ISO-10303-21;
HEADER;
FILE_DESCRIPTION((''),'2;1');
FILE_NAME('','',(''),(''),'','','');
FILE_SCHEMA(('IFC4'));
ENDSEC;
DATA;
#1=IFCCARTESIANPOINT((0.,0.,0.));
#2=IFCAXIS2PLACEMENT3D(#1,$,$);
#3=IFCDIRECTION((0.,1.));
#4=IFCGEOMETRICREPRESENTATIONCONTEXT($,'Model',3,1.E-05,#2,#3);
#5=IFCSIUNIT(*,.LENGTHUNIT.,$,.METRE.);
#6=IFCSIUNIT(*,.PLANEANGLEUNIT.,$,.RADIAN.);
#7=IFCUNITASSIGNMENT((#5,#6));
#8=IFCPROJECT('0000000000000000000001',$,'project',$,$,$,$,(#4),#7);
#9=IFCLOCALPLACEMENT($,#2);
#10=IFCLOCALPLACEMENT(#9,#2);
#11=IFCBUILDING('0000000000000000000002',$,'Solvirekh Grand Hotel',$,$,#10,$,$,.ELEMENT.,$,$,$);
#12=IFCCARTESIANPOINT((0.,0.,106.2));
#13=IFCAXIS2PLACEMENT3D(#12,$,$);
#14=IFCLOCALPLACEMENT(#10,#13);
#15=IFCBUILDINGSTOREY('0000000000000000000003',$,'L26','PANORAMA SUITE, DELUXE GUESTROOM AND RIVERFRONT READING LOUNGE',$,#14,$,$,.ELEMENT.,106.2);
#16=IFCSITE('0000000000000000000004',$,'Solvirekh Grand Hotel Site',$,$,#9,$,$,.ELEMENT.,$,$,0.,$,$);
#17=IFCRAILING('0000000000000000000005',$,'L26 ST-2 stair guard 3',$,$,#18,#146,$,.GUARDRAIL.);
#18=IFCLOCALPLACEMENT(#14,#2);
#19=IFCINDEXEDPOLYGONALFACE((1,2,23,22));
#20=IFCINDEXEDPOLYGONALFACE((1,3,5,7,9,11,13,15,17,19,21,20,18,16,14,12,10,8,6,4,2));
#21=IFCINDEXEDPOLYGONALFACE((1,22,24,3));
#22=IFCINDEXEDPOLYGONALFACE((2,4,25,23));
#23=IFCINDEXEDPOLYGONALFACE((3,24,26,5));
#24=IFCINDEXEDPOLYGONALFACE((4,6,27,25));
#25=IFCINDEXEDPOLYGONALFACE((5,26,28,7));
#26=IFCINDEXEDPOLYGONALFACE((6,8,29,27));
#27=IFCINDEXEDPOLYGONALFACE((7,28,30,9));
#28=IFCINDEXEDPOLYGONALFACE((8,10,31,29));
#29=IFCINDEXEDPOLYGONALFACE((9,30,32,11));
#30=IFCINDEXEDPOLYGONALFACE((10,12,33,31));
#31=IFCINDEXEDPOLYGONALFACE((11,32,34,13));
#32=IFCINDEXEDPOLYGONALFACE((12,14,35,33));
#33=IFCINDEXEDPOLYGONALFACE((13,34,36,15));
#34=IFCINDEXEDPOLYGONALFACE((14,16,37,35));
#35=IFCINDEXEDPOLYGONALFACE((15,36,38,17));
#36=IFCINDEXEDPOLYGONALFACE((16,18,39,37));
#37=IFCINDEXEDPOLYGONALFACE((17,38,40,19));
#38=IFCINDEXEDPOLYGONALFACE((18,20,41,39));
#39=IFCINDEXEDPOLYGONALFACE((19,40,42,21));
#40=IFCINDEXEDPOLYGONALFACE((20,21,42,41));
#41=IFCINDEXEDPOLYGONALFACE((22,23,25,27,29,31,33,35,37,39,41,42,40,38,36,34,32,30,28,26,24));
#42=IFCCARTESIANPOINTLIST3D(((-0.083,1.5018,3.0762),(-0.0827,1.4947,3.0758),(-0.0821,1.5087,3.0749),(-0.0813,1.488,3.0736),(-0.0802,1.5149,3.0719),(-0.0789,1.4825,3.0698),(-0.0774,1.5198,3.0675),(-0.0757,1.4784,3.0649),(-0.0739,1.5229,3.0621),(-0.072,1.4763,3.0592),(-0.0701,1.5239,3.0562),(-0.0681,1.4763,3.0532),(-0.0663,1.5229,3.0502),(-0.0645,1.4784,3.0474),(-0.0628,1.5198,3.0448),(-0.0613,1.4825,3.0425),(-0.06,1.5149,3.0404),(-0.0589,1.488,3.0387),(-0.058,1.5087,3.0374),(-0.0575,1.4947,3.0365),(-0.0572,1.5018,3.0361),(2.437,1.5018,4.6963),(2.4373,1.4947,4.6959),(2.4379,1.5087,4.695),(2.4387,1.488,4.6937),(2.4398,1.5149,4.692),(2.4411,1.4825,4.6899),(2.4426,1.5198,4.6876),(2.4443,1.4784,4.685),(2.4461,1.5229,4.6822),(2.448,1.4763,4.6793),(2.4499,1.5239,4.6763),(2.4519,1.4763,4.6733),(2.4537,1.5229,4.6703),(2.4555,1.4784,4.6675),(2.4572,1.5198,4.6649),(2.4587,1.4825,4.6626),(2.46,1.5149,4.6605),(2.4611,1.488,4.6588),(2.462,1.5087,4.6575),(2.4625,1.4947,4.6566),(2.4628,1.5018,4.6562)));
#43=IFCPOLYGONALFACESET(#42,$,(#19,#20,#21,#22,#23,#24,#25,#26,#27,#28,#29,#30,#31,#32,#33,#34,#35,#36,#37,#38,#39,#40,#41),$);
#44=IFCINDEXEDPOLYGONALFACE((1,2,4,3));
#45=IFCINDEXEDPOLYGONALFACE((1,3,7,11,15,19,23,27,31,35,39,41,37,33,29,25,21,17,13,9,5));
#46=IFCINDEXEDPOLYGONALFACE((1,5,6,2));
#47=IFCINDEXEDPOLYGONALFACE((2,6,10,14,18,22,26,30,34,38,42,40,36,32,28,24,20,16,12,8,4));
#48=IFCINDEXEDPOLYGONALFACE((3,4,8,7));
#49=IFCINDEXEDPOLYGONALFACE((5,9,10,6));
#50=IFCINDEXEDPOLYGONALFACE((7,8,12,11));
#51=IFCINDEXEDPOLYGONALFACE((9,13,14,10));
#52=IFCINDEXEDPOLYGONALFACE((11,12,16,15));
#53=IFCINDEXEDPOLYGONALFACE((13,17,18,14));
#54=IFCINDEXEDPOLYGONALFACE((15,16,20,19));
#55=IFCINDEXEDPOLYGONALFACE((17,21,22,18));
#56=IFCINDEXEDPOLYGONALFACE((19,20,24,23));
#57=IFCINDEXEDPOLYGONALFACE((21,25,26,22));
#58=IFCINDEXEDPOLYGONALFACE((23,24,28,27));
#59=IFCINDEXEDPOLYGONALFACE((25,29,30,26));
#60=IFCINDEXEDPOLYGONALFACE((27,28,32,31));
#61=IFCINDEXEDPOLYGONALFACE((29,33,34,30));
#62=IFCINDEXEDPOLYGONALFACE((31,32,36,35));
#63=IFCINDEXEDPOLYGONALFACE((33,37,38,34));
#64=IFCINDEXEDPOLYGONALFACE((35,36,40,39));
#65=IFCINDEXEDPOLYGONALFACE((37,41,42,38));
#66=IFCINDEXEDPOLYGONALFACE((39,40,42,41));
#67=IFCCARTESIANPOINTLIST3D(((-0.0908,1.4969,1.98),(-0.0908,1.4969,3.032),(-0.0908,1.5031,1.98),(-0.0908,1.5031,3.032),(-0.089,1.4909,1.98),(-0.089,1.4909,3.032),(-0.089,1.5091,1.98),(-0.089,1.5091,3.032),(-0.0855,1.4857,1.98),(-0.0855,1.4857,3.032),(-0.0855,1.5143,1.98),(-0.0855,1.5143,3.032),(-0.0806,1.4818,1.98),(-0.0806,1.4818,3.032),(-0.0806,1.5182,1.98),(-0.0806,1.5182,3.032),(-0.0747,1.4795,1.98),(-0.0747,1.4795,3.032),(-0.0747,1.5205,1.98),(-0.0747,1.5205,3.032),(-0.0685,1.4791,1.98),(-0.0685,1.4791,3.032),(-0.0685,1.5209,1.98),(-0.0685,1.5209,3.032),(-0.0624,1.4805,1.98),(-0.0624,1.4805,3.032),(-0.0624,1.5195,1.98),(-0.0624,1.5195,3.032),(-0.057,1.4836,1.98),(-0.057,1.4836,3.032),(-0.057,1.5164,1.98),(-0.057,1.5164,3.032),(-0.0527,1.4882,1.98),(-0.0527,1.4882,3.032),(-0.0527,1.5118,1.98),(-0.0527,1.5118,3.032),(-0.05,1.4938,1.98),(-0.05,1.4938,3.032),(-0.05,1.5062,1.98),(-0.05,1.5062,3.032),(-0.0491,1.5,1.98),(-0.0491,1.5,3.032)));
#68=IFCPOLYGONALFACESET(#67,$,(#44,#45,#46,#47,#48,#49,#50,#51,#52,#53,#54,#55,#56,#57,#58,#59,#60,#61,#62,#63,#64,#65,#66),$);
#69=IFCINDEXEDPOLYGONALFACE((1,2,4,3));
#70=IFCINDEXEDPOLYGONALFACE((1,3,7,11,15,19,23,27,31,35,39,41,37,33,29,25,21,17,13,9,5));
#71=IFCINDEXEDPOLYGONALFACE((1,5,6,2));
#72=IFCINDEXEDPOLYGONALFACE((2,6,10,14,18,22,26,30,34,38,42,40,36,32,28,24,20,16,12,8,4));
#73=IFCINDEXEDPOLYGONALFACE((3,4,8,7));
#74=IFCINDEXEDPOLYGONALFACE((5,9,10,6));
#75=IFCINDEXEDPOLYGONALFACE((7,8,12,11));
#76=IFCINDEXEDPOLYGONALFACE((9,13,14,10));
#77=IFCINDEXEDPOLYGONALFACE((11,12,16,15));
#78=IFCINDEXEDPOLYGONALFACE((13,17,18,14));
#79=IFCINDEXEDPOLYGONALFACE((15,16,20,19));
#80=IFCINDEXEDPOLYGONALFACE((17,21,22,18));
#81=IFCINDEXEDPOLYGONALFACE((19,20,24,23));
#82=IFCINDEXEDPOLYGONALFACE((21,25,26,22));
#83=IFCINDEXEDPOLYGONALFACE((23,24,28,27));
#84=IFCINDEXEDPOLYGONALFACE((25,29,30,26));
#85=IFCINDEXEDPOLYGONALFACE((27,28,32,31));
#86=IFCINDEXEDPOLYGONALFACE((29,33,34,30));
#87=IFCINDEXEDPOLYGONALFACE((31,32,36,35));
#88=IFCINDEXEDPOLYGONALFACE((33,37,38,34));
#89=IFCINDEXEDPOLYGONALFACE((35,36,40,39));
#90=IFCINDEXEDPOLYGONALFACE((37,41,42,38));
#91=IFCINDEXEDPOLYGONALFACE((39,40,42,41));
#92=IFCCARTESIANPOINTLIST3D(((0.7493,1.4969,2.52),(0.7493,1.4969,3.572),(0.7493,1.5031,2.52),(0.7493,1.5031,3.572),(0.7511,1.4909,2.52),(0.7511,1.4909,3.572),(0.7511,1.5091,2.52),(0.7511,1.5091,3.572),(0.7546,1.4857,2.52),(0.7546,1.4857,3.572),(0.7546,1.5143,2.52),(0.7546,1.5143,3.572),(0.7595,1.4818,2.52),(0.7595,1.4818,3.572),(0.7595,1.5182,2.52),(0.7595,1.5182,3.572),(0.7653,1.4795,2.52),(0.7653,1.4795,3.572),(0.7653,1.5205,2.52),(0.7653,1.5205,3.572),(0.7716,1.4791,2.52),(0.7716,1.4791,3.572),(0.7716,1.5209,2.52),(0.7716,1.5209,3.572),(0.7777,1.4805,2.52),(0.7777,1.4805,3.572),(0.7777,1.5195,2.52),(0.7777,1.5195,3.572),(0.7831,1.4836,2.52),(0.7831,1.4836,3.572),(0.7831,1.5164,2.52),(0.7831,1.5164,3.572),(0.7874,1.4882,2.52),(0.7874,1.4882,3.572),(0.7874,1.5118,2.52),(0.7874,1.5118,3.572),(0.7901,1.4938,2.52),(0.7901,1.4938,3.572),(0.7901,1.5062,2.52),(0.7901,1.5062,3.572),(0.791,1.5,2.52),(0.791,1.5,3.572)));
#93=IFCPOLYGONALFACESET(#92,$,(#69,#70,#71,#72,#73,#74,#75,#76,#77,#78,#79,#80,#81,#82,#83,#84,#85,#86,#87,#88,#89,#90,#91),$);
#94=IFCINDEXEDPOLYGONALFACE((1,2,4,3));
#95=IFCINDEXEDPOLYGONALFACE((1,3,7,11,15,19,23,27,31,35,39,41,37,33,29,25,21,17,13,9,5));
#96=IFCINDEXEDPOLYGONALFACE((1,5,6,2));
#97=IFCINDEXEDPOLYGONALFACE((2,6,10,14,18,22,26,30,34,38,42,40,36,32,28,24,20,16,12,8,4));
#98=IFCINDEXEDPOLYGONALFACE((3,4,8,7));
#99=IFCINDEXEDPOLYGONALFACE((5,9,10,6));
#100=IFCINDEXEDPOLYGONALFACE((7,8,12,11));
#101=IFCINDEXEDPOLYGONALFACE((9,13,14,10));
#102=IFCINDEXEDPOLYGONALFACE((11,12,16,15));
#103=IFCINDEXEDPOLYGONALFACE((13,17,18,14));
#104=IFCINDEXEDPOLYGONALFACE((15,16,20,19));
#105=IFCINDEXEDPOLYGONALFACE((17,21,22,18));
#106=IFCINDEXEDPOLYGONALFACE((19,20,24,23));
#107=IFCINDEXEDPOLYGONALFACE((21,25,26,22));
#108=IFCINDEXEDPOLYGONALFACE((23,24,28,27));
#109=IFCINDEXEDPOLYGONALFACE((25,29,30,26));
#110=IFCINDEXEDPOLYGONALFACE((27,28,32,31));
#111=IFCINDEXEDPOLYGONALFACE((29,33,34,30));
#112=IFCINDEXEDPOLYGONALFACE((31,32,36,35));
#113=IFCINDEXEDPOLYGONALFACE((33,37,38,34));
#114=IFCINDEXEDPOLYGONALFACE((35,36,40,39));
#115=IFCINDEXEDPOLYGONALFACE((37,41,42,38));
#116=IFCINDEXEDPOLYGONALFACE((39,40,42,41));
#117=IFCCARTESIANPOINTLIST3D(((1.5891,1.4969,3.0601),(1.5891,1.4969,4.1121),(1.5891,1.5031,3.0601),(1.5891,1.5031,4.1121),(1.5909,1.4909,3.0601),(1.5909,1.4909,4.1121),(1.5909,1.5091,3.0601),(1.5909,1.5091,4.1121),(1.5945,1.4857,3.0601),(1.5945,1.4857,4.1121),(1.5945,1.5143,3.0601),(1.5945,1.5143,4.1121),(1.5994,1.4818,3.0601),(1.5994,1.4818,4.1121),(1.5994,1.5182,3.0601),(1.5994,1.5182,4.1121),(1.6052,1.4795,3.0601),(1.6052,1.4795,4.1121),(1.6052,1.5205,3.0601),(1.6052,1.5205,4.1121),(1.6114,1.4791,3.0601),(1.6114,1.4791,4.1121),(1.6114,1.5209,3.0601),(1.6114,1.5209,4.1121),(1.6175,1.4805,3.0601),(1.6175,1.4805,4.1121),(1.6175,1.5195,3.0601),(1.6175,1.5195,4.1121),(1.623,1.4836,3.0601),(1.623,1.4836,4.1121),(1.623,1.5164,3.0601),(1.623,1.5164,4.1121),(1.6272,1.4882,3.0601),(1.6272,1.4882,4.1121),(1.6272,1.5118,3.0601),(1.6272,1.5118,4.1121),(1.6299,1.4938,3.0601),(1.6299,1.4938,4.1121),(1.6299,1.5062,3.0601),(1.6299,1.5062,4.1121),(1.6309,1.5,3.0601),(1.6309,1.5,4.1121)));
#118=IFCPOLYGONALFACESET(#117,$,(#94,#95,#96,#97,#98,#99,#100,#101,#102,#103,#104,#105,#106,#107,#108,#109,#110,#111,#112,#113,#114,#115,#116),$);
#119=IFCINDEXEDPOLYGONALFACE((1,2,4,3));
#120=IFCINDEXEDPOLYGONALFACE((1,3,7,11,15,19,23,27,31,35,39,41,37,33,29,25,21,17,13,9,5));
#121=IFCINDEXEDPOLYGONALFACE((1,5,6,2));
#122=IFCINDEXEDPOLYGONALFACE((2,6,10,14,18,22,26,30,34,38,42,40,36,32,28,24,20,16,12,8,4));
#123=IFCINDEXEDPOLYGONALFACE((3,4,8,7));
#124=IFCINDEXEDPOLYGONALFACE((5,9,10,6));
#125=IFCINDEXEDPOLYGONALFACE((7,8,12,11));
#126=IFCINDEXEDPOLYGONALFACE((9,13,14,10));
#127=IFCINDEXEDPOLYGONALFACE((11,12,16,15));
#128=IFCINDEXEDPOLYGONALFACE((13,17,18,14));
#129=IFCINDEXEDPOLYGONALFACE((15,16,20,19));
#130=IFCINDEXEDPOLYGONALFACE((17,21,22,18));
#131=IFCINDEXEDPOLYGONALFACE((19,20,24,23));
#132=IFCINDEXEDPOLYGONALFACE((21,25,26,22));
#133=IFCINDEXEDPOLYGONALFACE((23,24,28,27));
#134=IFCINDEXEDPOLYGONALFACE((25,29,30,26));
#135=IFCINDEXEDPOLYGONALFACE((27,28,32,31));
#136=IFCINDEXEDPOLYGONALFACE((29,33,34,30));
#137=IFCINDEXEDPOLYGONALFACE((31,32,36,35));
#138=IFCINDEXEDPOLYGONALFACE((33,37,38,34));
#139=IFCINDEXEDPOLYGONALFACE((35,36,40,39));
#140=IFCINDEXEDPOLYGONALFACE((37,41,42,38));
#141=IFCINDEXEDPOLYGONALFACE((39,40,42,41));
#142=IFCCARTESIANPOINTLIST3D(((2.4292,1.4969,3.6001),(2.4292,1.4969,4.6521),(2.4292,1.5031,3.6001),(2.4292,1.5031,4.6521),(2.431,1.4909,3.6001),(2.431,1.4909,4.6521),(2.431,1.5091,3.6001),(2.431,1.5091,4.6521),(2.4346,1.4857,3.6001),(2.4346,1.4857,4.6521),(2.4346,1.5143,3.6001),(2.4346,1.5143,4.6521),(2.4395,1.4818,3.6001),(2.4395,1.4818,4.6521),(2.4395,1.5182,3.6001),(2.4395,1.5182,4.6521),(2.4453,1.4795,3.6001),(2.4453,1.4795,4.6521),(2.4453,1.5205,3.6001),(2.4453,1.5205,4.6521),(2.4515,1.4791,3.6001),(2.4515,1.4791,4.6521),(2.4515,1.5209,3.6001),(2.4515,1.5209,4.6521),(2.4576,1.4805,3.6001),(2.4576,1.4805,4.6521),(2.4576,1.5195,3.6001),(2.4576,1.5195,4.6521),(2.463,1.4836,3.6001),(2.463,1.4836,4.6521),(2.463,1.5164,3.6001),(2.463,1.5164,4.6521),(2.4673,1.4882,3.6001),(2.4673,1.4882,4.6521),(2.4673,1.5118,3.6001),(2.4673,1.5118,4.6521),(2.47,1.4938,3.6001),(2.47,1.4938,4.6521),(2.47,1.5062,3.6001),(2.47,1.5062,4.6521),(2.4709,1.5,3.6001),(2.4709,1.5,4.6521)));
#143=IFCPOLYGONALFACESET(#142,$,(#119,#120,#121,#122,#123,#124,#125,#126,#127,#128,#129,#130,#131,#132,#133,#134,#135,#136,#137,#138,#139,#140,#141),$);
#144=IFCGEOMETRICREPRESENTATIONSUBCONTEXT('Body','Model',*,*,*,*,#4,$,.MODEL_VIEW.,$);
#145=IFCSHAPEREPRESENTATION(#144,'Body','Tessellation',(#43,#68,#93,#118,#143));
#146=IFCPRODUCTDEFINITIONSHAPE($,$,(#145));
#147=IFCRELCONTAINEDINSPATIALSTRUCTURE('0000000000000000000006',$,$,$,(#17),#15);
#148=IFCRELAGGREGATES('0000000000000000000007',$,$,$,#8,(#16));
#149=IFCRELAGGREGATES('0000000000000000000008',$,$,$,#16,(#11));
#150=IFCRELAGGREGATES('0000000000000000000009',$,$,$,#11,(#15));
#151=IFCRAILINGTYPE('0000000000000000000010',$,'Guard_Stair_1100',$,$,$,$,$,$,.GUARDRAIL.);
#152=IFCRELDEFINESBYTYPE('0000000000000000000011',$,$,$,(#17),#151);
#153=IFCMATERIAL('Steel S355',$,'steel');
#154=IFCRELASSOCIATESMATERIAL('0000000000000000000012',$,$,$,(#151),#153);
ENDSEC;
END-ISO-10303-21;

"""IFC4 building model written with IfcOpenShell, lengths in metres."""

from ifc_helpers import new_model, si_unit, direction, frame, origin, origin_2d, place, context, subcontext, project, spatial, circle, extrude, material, type_object, element, save


model = new_model("IFC4")

# Units and contexts
model_context = context("Model", 3, precision=1e-05, world=origin(), true_north=direction((0.0, 1.0)))
body_context = subcontext(model_context, "Body", "Model", "MODEL_VIEW")
ifc_project = project(units=[si_unit("LENGTHUNIT", "METRE"), si_unit("PLANEANGLEUNIT", "RADIAN")], contexts=[model_context])

# Site, building, storey
site_placement = place(None, origin())
site = spatial("IfcSite", under=ifc_project, at=site_placement, Name="Solvirekh Grand Hotel Site", CompositionType="ELEMENT", RefElevation=0.0)
building_placement = place(site_placement, origin())
building = spatial("IfcBuilding", under=site, at=building_placement, Name="Solvirekh Grand Hotel", CompositionType="ELEMENT")
storey_placement = place(building_placement, frame((0.0, 0.0, 106.2)))
storey = spatial("IfcBuildingStorey", under=building, at=storey_placement, Name="L26", Description="PANORAMA SUITE, DELUXE GUESTROOM AND RIVERFRONT READING LOUNGE", CompositionType="ELEMENT", Elevation=106.2)

# Shared definitions
ifc_material_1 = material(Name="Steel S355", Category="steel")

# Railing
railing_type_1 = type_object("IfcRailingType", Name="Guard_Stair_1100", PredefinedType="GUARDRAIL", material=ifc_material_1)
railing_1_placement = place(storey_placement, frame((-0.0701, 1.5, 1.98)))
element("IfcRailing", 1, at=railing_1_placement, inside=storey, type_object=railing_type_1, Name="L26 ST-2 stair guard 3", PredefinedType="GUARDRAIL", context=body_context, shape_type="SweptSolid", body=[
    extrude(circle(Radius=0.0239, at=origin_2d()), frame((0.0, 0.0, 1.0762), z_axis=(0.841163, 0.0, 0.540782), x_axis=(0.0, 1.0, 0.0)), (0.0, 0.0, 1.0), 2.9958),
    extrude(circle(Radius=0.021, at=origin_2d()), origin(), (0.0, 0.0, 1.0), 1.052),
    extrude(circle(Radius=0.021, at=origin_2d()), frame((0.8401, 0.0, 0.54)), (0.0, 0.0, 1.0), 1.052),
    extrude(circle(Radius=0.021, at=origin_2d()), frame((1.6799, 0.0, 1.0801)), (0.0, 0.0, 1.0), 1.052),
    extrude(circle(Radius=0.021, at=origin_2d()), frame((2.52, 0.0, 1.6201)), (0.0, 0.0, 1.0), 1.052),
])

save(model, "model.ifc")
